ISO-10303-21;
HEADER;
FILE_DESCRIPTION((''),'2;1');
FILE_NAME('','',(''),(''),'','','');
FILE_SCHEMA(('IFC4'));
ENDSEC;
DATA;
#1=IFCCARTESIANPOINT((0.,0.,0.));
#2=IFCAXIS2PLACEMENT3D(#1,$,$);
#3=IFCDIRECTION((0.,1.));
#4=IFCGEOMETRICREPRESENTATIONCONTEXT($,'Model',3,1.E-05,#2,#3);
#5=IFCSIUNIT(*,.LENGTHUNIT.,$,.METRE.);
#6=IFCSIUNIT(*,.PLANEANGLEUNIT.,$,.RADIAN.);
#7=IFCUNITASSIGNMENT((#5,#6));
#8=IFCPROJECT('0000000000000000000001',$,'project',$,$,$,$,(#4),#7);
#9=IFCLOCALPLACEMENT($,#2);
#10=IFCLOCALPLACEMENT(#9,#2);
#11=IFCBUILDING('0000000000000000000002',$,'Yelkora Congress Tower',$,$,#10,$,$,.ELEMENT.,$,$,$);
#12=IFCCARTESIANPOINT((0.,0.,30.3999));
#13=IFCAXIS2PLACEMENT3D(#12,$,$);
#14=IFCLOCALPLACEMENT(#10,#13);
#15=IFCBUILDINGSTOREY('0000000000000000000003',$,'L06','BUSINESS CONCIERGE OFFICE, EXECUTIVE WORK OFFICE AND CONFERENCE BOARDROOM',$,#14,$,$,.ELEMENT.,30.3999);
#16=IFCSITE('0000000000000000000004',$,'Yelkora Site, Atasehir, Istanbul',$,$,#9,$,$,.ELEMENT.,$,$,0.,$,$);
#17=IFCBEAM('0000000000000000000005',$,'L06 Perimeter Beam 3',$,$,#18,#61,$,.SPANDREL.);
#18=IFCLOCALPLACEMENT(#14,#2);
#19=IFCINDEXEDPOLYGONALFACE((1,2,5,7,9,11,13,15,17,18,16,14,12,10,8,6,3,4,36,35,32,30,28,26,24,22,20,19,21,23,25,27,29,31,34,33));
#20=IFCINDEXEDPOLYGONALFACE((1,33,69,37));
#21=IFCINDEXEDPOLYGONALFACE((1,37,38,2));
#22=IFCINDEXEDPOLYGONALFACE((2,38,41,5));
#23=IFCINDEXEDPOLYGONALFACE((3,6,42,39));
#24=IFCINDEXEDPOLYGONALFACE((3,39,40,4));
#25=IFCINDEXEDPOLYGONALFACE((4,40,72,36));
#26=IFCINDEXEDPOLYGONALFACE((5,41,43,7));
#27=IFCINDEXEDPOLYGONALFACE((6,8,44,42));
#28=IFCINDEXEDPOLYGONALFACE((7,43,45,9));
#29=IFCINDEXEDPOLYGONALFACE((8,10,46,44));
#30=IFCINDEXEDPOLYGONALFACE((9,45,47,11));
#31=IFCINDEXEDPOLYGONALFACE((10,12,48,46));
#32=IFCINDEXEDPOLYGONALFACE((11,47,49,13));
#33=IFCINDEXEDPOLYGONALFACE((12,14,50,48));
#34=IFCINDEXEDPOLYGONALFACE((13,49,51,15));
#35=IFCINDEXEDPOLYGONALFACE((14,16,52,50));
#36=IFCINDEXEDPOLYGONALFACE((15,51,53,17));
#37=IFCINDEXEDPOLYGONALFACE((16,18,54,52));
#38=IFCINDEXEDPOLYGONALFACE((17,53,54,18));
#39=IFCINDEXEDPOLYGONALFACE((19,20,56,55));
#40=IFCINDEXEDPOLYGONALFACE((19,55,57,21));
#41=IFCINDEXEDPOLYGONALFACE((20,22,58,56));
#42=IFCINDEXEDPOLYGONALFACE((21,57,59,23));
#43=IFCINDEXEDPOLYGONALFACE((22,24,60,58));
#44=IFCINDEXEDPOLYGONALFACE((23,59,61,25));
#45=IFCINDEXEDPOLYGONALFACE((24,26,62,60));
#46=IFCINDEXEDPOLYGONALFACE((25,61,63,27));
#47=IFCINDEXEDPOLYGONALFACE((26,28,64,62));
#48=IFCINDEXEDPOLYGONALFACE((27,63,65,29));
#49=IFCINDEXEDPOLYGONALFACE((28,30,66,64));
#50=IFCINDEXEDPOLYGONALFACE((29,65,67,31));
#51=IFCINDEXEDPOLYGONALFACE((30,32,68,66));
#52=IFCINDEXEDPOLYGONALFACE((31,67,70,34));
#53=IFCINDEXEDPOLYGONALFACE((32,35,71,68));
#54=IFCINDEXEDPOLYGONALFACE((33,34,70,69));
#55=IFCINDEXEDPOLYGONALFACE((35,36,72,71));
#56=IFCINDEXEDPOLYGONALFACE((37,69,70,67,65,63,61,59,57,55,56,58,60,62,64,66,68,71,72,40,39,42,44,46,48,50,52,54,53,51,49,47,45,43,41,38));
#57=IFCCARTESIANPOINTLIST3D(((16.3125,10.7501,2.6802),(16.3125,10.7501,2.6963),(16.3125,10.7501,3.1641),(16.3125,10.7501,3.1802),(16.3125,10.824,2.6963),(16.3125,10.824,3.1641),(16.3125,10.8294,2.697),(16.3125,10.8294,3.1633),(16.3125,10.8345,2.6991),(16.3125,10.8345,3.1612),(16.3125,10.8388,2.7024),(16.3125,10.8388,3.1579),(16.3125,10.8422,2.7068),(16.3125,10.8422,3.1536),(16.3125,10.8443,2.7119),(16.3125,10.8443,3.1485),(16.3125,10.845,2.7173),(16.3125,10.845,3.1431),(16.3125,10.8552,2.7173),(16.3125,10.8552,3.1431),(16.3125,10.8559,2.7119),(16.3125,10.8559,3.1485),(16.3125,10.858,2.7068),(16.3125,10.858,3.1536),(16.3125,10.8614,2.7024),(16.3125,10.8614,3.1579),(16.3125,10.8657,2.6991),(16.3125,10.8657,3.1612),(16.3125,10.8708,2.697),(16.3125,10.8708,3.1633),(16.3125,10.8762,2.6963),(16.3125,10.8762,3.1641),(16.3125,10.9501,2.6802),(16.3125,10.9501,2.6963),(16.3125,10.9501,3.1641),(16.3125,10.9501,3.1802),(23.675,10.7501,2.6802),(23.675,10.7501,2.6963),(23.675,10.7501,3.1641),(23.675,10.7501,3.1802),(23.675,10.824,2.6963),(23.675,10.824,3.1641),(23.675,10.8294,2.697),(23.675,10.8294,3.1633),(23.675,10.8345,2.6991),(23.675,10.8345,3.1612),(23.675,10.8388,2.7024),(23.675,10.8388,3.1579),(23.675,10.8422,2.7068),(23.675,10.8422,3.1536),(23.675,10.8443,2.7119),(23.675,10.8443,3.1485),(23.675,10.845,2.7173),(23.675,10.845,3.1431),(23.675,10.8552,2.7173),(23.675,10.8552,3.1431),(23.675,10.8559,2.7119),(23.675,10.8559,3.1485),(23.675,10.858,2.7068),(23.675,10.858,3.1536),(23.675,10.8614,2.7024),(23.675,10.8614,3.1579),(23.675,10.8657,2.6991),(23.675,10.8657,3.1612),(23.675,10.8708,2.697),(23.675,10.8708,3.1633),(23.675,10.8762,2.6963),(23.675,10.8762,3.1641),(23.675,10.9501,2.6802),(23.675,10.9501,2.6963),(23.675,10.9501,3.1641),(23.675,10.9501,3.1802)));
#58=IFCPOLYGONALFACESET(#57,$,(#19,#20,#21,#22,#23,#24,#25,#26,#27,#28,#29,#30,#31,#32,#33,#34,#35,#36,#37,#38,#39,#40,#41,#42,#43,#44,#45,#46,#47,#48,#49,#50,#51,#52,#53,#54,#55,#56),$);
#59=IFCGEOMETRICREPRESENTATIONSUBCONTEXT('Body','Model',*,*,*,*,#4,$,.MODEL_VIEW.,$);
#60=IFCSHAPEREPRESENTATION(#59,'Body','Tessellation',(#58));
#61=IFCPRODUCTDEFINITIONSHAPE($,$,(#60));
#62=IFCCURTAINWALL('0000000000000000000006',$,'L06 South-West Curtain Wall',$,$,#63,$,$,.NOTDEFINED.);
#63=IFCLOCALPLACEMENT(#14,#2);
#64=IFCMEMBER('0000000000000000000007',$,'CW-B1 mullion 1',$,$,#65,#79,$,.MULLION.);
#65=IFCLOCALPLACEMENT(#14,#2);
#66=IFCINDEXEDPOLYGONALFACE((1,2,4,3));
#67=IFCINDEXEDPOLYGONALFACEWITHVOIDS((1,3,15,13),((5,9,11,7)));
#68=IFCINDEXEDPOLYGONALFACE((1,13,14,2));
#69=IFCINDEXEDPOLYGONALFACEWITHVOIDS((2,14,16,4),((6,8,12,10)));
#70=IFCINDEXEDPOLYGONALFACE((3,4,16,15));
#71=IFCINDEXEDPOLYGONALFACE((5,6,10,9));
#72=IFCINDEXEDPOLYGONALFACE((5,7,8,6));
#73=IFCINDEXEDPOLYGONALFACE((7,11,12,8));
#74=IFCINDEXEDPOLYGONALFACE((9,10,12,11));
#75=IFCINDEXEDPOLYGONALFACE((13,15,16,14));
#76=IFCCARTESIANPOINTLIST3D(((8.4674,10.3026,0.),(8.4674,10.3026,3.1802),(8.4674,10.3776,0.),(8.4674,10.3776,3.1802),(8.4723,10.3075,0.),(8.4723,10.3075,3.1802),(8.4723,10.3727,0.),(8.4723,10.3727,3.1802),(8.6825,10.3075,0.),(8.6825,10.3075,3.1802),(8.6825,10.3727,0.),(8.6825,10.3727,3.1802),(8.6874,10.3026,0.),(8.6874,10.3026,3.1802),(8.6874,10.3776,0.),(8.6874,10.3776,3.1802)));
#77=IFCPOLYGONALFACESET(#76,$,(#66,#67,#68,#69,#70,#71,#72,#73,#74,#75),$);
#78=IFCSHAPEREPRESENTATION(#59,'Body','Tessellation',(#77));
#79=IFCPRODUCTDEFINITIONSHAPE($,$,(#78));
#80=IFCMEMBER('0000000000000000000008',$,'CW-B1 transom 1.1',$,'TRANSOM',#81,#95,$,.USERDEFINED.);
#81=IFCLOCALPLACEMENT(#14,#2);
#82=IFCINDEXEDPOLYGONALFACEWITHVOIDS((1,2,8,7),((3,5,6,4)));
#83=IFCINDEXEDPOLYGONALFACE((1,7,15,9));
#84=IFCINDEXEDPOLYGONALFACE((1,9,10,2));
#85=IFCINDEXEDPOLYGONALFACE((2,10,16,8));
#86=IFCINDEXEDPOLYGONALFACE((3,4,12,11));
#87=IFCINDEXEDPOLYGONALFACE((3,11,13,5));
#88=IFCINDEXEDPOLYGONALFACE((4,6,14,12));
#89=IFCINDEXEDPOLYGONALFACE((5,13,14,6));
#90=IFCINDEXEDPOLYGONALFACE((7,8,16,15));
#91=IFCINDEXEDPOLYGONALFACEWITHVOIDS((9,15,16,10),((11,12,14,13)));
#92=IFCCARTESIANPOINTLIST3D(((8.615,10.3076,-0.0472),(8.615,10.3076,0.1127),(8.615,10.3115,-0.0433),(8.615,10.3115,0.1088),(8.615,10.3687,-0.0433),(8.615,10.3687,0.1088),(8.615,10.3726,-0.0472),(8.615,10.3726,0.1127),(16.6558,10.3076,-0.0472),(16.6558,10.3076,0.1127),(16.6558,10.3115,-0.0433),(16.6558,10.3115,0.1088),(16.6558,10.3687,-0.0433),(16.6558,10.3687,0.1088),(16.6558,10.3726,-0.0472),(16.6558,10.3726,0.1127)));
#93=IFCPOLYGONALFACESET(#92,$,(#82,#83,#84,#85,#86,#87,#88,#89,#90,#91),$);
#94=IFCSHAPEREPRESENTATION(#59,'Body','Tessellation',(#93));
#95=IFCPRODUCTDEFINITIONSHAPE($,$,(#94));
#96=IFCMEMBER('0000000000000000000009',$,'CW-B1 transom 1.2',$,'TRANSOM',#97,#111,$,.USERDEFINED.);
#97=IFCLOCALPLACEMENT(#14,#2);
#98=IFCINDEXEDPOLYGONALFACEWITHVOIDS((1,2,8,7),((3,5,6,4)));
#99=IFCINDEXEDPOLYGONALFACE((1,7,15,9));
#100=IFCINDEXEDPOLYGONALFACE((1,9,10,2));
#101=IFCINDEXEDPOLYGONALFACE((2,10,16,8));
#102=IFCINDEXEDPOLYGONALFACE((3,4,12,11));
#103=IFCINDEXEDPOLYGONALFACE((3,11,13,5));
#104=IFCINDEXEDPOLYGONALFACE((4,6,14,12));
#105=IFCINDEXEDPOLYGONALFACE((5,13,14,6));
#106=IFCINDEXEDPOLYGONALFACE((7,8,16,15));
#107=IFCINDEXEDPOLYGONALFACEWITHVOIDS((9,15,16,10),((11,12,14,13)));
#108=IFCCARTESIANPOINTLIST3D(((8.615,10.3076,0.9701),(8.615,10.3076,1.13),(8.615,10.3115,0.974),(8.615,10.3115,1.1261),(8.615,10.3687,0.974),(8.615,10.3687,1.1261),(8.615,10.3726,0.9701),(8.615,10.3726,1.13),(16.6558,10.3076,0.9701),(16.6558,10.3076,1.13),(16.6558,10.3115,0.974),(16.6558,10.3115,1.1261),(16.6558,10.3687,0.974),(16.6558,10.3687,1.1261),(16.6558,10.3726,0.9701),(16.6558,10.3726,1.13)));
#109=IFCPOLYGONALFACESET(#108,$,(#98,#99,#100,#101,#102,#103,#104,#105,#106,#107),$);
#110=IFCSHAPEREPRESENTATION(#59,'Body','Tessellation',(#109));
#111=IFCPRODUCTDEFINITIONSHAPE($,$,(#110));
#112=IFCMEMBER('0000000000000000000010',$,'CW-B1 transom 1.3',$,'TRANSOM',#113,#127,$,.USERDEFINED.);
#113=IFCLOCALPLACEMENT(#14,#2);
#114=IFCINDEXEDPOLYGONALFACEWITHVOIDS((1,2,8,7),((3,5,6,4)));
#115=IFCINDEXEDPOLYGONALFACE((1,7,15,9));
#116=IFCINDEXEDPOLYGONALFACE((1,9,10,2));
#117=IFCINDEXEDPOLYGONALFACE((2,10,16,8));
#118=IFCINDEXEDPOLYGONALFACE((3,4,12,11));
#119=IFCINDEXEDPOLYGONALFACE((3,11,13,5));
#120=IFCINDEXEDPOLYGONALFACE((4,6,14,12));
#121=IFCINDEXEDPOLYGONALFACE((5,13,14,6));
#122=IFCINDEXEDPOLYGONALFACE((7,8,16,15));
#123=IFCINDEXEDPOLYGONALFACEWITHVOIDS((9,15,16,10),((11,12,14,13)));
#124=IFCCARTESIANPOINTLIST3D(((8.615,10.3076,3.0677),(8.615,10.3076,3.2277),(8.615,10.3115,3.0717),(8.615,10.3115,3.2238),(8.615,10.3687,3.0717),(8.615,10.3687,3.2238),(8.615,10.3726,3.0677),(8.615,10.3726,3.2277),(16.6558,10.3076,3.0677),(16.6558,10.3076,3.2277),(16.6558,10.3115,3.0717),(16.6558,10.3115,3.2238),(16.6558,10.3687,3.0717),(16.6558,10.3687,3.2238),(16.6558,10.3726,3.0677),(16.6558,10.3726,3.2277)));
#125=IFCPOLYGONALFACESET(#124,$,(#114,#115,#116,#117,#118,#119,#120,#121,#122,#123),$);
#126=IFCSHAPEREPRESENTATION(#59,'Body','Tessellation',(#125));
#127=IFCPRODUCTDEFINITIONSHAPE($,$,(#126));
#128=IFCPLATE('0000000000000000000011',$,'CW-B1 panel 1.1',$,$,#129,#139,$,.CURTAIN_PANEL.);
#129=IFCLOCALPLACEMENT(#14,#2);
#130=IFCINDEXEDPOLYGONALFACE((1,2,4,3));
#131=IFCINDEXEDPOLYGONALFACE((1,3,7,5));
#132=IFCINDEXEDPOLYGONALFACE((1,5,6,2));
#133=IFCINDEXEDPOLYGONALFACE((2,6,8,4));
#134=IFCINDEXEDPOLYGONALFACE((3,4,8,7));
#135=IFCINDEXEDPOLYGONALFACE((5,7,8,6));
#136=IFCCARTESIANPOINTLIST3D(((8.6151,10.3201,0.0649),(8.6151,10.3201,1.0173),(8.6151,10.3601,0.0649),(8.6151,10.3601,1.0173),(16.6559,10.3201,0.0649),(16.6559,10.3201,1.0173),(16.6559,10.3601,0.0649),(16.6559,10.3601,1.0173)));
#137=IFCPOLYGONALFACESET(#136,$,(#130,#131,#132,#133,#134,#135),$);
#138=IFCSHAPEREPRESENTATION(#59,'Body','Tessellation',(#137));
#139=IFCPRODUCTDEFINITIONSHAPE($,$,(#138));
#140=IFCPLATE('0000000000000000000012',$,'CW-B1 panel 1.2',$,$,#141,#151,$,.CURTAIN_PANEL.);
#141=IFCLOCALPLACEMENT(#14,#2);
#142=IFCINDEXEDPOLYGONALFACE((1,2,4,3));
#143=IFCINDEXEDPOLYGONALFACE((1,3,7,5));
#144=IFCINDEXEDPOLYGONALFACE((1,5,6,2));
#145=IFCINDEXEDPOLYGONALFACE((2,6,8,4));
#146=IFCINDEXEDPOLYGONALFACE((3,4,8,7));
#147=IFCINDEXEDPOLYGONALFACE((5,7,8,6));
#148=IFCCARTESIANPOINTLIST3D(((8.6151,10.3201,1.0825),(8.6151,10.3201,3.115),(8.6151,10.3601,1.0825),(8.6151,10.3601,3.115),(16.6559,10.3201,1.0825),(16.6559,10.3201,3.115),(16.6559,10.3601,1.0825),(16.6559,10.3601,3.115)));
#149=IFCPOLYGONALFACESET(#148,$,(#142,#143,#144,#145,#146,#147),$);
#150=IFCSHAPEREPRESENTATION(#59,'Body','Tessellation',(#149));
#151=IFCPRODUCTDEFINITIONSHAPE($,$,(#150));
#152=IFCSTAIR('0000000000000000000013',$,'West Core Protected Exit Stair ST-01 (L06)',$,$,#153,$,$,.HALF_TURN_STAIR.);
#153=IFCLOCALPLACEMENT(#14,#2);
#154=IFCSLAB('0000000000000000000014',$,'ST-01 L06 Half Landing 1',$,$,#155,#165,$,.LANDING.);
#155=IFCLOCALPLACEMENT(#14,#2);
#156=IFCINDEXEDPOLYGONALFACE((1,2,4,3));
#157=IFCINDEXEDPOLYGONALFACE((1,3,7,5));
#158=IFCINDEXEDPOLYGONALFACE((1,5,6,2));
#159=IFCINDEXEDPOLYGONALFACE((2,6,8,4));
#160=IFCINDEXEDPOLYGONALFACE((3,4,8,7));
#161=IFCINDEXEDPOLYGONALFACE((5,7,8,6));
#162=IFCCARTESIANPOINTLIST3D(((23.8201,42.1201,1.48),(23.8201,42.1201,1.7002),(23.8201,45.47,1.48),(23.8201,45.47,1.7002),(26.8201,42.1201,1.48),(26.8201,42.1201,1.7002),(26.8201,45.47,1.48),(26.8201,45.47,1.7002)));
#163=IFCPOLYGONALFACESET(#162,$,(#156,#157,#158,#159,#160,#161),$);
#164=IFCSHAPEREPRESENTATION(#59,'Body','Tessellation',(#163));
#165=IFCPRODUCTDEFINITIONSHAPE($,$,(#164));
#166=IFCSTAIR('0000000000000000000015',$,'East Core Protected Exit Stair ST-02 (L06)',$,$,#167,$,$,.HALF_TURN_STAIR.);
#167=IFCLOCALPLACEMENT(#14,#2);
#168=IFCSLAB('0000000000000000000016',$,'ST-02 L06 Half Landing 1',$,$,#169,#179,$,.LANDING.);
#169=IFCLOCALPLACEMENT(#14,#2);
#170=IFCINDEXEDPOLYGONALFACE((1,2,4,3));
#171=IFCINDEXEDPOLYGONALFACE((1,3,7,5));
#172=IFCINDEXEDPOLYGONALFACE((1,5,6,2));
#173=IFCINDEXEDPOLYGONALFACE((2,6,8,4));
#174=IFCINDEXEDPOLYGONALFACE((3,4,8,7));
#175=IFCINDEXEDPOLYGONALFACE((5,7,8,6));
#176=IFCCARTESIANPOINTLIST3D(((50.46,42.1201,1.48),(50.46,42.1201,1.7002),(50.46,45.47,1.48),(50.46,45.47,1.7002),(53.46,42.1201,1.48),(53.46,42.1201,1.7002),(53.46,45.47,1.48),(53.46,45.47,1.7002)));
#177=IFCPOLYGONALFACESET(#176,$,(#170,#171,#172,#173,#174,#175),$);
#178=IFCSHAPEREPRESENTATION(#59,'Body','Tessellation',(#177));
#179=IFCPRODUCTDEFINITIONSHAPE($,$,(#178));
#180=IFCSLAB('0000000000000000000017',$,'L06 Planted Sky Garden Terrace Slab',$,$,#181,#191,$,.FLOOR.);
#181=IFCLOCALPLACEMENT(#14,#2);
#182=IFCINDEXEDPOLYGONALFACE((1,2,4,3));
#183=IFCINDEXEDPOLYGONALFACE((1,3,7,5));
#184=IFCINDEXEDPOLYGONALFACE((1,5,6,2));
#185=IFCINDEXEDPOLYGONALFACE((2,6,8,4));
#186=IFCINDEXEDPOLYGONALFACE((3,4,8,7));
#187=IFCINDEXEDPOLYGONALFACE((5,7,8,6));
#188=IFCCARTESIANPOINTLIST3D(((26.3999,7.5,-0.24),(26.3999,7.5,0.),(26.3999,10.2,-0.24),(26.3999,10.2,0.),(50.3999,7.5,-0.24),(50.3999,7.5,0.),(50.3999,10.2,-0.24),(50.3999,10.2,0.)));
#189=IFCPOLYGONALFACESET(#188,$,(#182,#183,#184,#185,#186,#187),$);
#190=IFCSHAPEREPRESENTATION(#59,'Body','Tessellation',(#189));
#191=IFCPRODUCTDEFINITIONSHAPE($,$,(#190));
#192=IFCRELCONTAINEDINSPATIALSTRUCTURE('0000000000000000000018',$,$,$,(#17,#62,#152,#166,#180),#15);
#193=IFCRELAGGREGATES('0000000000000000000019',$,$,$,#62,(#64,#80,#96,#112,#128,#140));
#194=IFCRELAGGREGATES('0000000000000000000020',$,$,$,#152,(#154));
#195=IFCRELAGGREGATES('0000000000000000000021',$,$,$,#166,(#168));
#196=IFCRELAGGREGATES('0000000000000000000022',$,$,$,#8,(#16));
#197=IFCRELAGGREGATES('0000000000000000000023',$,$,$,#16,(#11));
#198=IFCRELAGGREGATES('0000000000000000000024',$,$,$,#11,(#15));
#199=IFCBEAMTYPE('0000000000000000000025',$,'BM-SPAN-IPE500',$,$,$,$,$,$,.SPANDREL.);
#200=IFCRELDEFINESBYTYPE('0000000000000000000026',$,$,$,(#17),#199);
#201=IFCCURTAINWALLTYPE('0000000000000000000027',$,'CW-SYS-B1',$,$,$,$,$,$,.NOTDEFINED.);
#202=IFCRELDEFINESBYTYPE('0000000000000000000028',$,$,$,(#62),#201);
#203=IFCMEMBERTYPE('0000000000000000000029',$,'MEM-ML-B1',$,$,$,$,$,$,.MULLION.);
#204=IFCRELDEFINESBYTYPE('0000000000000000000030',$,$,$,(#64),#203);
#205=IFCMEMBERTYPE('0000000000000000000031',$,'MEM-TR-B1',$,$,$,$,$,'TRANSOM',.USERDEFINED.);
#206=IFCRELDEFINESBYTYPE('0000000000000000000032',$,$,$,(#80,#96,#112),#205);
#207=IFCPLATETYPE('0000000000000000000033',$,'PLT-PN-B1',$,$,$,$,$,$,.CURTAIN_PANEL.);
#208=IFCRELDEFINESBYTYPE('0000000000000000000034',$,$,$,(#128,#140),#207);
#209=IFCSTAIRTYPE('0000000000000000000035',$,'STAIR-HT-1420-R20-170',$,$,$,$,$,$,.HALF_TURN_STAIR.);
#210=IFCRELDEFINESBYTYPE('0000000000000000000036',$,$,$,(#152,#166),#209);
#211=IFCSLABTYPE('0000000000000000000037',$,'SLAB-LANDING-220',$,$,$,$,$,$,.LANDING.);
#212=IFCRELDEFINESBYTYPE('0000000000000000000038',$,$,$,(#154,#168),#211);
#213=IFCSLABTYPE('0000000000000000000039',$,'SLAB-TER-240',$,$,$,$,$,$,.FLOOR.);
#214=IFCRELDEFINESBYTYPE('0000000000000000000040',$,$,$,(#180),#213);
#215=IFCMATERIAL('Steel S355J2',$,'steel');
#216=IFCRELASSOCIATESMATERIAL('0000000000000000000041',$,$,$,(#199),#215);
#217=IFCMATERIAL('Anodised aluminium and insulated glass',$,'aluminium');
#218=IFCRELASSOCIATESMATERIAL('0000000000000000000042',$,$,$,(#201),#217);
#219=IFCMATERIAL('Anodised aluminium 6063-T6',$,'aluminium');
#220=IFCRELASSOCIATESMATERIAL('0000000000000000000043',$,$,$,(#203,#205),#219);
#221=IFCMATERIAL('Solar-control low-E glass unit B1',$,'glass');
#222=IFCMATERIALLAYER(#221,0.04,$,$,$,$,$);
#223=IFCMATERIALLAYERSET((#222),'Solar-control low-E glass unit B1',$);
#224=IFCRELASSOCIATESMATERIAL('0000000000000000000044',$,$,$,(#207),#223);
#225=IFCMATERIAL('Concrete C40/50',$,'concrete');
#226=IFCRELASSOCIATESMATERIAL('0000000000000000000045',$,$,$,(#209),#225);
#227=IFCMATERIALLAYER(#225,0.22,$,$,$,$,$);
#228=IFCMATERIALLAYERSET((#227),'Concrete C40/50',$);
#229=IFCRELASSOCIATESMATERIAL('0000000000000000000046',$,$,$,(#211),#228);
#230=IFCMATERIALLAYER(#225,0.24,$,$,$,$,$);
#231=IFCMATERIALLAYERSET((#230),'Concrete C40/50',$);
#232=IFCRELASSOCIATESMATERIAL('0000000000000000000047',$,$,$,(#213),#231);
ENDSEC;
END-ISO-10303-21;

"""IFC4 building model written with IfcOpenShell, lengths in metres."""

from ifc_helpers import new_model, si_unit, direction, frame, origin, origin_2d, place, context, subcontext, project, spatial, polyline, rectangle, hollow_rectangle, i_section, outline, extrude, material, layer, layer_set, material_profile, profile_set, type_object, element, aggregate, save


model = new_model("IFC4")

# Units and contexts
model_context = context("Model", 3, precision=1e-05, world=origin(), true_north=direction((0.0, 1.0)))
body_context = subcontext(model_context, "Body", "Model", "MODEL_VIEW")
ifc_project = project(units=[si_unit("LENGTHUNIT", "METRE"), si_unit("PLANEANGLEUNIT", "RADIAN")], contexts=[model_context])

# Site, building, storey
site_placement = place(None, origin())
site = spatial("IfcSite", under=ifc_project, at=site_placement, Name="Yelkora Site, Atasehir, Istanbul", CompositionType="ELEMENT", RefElevation=0.0)
building_placement = place(site_placement, origin())
building = spatial("IfcBuilding", under=site, at=building_placement, Name="Yelkora Congress Tower", CompositionType="ELEMENT")
storey_placement = place(building_placement, frame((0.0, 0.0, 30.3999)))
storey = spatial("IfcBuildingStorey", under=building, at=storey_placement, Name="L06", Description="BUSINESS CONCIERGE OFFICE, EXECUTIVE WORK OFFICE AND CONFERENCE BOARDROOM", CompositionType="ELEMENT", Elevation=30.3999)

# Beam
ifc_material_1 = material(Name="Steel S355J2", Category="steel")
ifc_material_profile_1 = material_profile(ifc_material_1, i_section(OverallWidth=0.2, OverallDepth=0.5, WebThickness=0.0103, FlangeThickness=0.0161, FilletRadius=0.021, at=origin_2d()), Name="IPE 500")
ifc_profile_set_1 = profile_set([ifc_material_profile_1], Name="Steel S355J2")
beam_type_1 = type_object("IfcBeamType", Name="BM-SPAN-IPE500", PredefinedType="SPANDREL", material=ifc_profile_set_1)
for number, where, z_axis, x_axis, name in (
    (1, (16.3125, 10.8501, 2.9302), (1.0, 0.0, 0.0), (0.0, 1.0, 0.0), "L06 Perimeter Beam 3"),
):
    element("IfcBeam", number, at=place(storey_placement, frame(where, z_axis=z_axis, x_axis=x_axis)), inside=storey, type_object=beam_type_1, Name=name, PredefinedType="SPANDREL", context=body_context, shape_type="SweptSolid", body=[
        extrude(i_section(OverallWidth=0.2, OverallDepth=0.5, WebThickness=0.0103, FlangeThickness=0.0161, FilletRadius=0.021, at=origin_2d()), origin(), (0.0, 0.0, 1.0), 7.3625),
    ])

# Curtain wall, members, plates
ifc_material_2 = material(Name="Anodised aluminium and insulated glass", Category="aluminium")
curtain_wall_type = type_object("IfcCurtainWallType", Name="CW-SYS-B1", PredefinedType="NOTDEFINED", material=ifc_material_2)
curtain_wall_placement = place(storey_placement, origin())
curtain_wall = element("IfcCurtainWall", 2, at=curtain_wall_placement, inside=storey, type_object=curtain_wall_type, Name="L06 South-West Curtain Wall", PredefinedType="NOTDEFINED")
ifc_material_3 = material(Name="Anodised aluminium 6063-T6", Category="aluminium")
ifc_material_profile_2 = material_profile(ifc_material_3, hollow_rectangle(XDim=0.075, YDim=0.22, WallThickness=0.0049, at=origin_2d()), Name="ALU 75x220x5")
ifc_profile_set_2 = profile_set([ifc_material_profile_2], Name="Anodised aluminium 6063-T6")
member_type_1 = type_object("IfcMemberType", Name="MEM-ML-B1", PredefinedType="MULLION", material=ifc_profile_set_2)
member_1_placement = place(storey_placement, frame((8.5774, 10.3401, 0.0), z_axis=(0.0, 0.0, 1.0), x_axis=(0.0, 1.0, 0.0)))
member_1 = element("IfcMember", 3, at=member_1_placement, type_object=member_type_1, Name="CW-B1 mullion 1", PredefinedType="MULLION", context=body_context, shape_type="SweptSolid", body=[
    extrude(hollow_rectangle(XDim=0.075, YDim=0.22, WallThickness=0.0049, at=origin_2d()), origin(), (0.0, 0.0, 1.0), 3.1802),
])
ifc_material_profile_3 = material_profile(ifc_material_3, hollow_rectangle(XDim=0.0649, YDim=0.1599, WallThickness=0.0039, at=origin_2d()), Name="ALU 65x160x4")
ifc_profile_set_3 = profile_set([ifc_material_profile_3], Name="Anodised aluminium 6063-T6")
member_type_2 = type_object("IfcMemberType", Name="MEM-TR-B1", ElementType="TRANSOM", PredefinedType="USERDEFINED", material=ifc_profile_set_3)
member_2_placement = place(storey_placement, frame((8.615, 10.3401, 0.0327), z_axis=(1.0, 0.0, 0.0), x_axis=(0.0, 1.0, 0.0)))
member_2 = element("IfcMember", 4, at=member_2_placement, type_object=member_type_2, Name="CW-B1 transom 1.1", ObjectType="TRANSOM", PredefinedType="USERDEFINED", context=body_context, shape_type="SweptSolid", body=[
    extrude(hollow_rectangle(XDim=0.0649, YDim=0.1599, WallThickness=0.0039, at=origin_2d()), origin(), (0.0, 0.0, 1.0), 8.0408),
])
member_3_placement = place(storey_placement, frame((8.615, 10.3401, 1.05), z_axis=(1.0, 0.0, 0.0), x_axis=(0.0, 1.0, 0.0)))
member_3 = element("IfcMember", 5, at=member_3_placement, type_object=member_type_2, Name="CW-B1 transom 1.2", ObjectType="TRANSOM", PredefinedType="USERDEFINED", context=body_context, shape_type="SweptSolid", body=[
    extrude(hollow_rectangle(XDim=0.0649, YDim=0.1599, WallThickness=0.0039, at=origin_2d()), origin(), (0.0, 0.0, 1.0), 8.0408),
])
member_4_placement = place(storey_placement, frame((8.615, 10.3401, 3.1477), z_axis=(1.0, 0.0, 0.0), x_axis=(0.0, 1.0, 0.0)))
member_4 = element("IfcMember", 6, at=member_4_placement, type_object=member_type_2, Name="CW-B1 transom 1.3", ObjectType="TRANSOM", PredefinedType="USERDEFINED", context=body_context, shape_type="SweptSolid", body=[
    extrude(hollow_rectangle(XDim=0.0649, YDim=0.1599, WallThickness=0.0039, at=origin_2d()), origin(), (0.0, 0.0, 1.0), 8.0408),
])
ifc_material_4 = material(Name="Solar-control low-E glass unit B1", Category="glass")
ifc_layer_1 = layer(ifc_material_4, 0.04)
ifc_layer_set_1 = layer_set([ifc_layer_1], Name="Solar-control low-E glass unit B1")
plate_type = type_object("IfcPlateType", Name="PLT-PN-B1", PredefinedType="CURTAIN_PANEL", material=ifc_layer_set_1)
plate_1_placement = place(storey_placement, frame((12.6355, 10.3401, 0.0649), z_axis=(0.0, 0.0, 1.0), x_axis=(1.0, 0.0, 0.0)))
plate_1 = element("IfcPlate", 7, at=plate_1_placement, type_object=plate_type, Name="CW-B1 panel 1.1", PredefinedType="CURTAIN_PANEL", context=body_context, shape_type="SweptSolid", body=[
    extrude(rectangle(XDim=8.0408, YDim=0.04, at=origin_2d()), origin(), (0.0, 0.0, 1.0), 0.9524),
])
plate_2_placement = place(storey_placement, frame((12.6355, 10.3401, 1.0825), z_axis=(0.0, 0.0, 1.0), x_axis=(1.0, 0.0, 0.0)))
plate_2 = element("IfcPlate", 8, at=plate_2_placement, type_object=plate_type, Name="CW-B1 panel 1.2", PredefinedType="CURTAIN_PANEL", context=body_context, shape_type="SweptSolid", body=[
    extrude(rectangle(XDim=8.0408, YDim=0.04, at=origin_2d()), origin(), (0.0, 0.0, 1.0), 2.0325),
])
aggregate(curtain_wall, [member_1, member_2, member_3, member_4, plate_1, plate_2])

# Stairs, slabs
ifc_material_5 = material(Name="Concrete C40/50", Category="concrete")
stair_type = type_object("IfcStairType", Name="STAIR-HT-1420-R20-170", PredefinedType="HALF_TURN_STAIR", material=ifc_material_5)
stair_1_placement = place(storey_placement, origin())
stair_1 = element("IfcStair", 9, at=stair_1_placement, inside=storey, type_object=stair_type, Name="West Core Protected Exit Stair ST-01 (L06)", PredefinedType="HALF_TURN_STAIR")
ifc_layer_2 = layer(ifc_material_5, 0.22)
ifc_layer_set_2 = layer_set([ifc_layer_2], Name="Concrete C40/50")
slab_type_1 = type_object("IfcSlabType", Name="SLAB-LANDING-220", PredefinedType="LANDING", material=ifc_layer_set_2)
slab_1_placement = place(storey_placement, frame((0.0, 0.0, 1.48)))
slab_1 = element("IfcSlab", 10, at=slab_1_placement, type_object=slab_type_1, Name="ST-01 L06 Half Landing 1", PredefinedType="LANDING", context=body_context, shape_type="SweptSolid", body=[
    extrude(outline(polyline([(26.8201, 42.1201), (26.8201, 45.47), (23.8201, 45.47), (23.8201, 42.1201), (26.8201, 42.1201)])), origin(), (0.0, 0.0, 1.0), 0.2202),
])
aggregate(stair_1, [slab_1])
stair_2_placement = place(storey_placement, origin())
stair_2 = element("IfcStair", 11, at=stair_2_placement, inside=storey, type_object=stair_type, Name="East Core Protected Exit Stair ST-02 (L06)", PredefinedType="HALF_TURN_STAIR")
slab_2_placement = place(storey_placement, frame((0.0, 0.0, 1.48)))
slab_2 = element("IfcSlab", 12, at=slab_2_placement, type_object=slab_type_1, Name="ST-02 L06 Half Landing 1", PredefinedType="LANDING", context=body_context, shape_type="SweptSolid", body=[
    extrude(outline(polyline([(53.46, 42.1201), (53.46, 45.47), (50.46, 45.47), (50.46, 42.1201), (53.46, 42.1201)])), origin(), (0.0, 0.0, 1.0), 0.2202),
])
aggregate(stair_2, [slab_2])

# Slab
ifc_layer_3 = layer(ifc_material_5, 0.24)
ifc_layer_set_3 = layer_set([ifc_layer_3], Name="Concrete C40/50")
slab_type_2 = type_object("IfcSlabType", Name="SLAB-TER-240", PredefinedType="FLOOR", material=ifc_layer_set_3)
slab_3_placement = place(storey_placement, frame((0.0, 0.0, -0.24)))
element("IfcSlab", 13, at=slab_3_placement, inside=storey, type_object=slab_type_2, Name="L06 Planted Sky Garden Terrace Slab", PredefinedType="FLOOR", context=body_context, shape_type="SweptSolid", body=[
    extrude(outline(polyline([(26.3999, 7.5), (26.3999, 10.2), (50.3999, 10.2), (50.3999, 7.5), (26.3999, 7.5)])), origin(), (0.0, 0.0, 1.0), 0.24),
])

save(model, "model.ifc")
